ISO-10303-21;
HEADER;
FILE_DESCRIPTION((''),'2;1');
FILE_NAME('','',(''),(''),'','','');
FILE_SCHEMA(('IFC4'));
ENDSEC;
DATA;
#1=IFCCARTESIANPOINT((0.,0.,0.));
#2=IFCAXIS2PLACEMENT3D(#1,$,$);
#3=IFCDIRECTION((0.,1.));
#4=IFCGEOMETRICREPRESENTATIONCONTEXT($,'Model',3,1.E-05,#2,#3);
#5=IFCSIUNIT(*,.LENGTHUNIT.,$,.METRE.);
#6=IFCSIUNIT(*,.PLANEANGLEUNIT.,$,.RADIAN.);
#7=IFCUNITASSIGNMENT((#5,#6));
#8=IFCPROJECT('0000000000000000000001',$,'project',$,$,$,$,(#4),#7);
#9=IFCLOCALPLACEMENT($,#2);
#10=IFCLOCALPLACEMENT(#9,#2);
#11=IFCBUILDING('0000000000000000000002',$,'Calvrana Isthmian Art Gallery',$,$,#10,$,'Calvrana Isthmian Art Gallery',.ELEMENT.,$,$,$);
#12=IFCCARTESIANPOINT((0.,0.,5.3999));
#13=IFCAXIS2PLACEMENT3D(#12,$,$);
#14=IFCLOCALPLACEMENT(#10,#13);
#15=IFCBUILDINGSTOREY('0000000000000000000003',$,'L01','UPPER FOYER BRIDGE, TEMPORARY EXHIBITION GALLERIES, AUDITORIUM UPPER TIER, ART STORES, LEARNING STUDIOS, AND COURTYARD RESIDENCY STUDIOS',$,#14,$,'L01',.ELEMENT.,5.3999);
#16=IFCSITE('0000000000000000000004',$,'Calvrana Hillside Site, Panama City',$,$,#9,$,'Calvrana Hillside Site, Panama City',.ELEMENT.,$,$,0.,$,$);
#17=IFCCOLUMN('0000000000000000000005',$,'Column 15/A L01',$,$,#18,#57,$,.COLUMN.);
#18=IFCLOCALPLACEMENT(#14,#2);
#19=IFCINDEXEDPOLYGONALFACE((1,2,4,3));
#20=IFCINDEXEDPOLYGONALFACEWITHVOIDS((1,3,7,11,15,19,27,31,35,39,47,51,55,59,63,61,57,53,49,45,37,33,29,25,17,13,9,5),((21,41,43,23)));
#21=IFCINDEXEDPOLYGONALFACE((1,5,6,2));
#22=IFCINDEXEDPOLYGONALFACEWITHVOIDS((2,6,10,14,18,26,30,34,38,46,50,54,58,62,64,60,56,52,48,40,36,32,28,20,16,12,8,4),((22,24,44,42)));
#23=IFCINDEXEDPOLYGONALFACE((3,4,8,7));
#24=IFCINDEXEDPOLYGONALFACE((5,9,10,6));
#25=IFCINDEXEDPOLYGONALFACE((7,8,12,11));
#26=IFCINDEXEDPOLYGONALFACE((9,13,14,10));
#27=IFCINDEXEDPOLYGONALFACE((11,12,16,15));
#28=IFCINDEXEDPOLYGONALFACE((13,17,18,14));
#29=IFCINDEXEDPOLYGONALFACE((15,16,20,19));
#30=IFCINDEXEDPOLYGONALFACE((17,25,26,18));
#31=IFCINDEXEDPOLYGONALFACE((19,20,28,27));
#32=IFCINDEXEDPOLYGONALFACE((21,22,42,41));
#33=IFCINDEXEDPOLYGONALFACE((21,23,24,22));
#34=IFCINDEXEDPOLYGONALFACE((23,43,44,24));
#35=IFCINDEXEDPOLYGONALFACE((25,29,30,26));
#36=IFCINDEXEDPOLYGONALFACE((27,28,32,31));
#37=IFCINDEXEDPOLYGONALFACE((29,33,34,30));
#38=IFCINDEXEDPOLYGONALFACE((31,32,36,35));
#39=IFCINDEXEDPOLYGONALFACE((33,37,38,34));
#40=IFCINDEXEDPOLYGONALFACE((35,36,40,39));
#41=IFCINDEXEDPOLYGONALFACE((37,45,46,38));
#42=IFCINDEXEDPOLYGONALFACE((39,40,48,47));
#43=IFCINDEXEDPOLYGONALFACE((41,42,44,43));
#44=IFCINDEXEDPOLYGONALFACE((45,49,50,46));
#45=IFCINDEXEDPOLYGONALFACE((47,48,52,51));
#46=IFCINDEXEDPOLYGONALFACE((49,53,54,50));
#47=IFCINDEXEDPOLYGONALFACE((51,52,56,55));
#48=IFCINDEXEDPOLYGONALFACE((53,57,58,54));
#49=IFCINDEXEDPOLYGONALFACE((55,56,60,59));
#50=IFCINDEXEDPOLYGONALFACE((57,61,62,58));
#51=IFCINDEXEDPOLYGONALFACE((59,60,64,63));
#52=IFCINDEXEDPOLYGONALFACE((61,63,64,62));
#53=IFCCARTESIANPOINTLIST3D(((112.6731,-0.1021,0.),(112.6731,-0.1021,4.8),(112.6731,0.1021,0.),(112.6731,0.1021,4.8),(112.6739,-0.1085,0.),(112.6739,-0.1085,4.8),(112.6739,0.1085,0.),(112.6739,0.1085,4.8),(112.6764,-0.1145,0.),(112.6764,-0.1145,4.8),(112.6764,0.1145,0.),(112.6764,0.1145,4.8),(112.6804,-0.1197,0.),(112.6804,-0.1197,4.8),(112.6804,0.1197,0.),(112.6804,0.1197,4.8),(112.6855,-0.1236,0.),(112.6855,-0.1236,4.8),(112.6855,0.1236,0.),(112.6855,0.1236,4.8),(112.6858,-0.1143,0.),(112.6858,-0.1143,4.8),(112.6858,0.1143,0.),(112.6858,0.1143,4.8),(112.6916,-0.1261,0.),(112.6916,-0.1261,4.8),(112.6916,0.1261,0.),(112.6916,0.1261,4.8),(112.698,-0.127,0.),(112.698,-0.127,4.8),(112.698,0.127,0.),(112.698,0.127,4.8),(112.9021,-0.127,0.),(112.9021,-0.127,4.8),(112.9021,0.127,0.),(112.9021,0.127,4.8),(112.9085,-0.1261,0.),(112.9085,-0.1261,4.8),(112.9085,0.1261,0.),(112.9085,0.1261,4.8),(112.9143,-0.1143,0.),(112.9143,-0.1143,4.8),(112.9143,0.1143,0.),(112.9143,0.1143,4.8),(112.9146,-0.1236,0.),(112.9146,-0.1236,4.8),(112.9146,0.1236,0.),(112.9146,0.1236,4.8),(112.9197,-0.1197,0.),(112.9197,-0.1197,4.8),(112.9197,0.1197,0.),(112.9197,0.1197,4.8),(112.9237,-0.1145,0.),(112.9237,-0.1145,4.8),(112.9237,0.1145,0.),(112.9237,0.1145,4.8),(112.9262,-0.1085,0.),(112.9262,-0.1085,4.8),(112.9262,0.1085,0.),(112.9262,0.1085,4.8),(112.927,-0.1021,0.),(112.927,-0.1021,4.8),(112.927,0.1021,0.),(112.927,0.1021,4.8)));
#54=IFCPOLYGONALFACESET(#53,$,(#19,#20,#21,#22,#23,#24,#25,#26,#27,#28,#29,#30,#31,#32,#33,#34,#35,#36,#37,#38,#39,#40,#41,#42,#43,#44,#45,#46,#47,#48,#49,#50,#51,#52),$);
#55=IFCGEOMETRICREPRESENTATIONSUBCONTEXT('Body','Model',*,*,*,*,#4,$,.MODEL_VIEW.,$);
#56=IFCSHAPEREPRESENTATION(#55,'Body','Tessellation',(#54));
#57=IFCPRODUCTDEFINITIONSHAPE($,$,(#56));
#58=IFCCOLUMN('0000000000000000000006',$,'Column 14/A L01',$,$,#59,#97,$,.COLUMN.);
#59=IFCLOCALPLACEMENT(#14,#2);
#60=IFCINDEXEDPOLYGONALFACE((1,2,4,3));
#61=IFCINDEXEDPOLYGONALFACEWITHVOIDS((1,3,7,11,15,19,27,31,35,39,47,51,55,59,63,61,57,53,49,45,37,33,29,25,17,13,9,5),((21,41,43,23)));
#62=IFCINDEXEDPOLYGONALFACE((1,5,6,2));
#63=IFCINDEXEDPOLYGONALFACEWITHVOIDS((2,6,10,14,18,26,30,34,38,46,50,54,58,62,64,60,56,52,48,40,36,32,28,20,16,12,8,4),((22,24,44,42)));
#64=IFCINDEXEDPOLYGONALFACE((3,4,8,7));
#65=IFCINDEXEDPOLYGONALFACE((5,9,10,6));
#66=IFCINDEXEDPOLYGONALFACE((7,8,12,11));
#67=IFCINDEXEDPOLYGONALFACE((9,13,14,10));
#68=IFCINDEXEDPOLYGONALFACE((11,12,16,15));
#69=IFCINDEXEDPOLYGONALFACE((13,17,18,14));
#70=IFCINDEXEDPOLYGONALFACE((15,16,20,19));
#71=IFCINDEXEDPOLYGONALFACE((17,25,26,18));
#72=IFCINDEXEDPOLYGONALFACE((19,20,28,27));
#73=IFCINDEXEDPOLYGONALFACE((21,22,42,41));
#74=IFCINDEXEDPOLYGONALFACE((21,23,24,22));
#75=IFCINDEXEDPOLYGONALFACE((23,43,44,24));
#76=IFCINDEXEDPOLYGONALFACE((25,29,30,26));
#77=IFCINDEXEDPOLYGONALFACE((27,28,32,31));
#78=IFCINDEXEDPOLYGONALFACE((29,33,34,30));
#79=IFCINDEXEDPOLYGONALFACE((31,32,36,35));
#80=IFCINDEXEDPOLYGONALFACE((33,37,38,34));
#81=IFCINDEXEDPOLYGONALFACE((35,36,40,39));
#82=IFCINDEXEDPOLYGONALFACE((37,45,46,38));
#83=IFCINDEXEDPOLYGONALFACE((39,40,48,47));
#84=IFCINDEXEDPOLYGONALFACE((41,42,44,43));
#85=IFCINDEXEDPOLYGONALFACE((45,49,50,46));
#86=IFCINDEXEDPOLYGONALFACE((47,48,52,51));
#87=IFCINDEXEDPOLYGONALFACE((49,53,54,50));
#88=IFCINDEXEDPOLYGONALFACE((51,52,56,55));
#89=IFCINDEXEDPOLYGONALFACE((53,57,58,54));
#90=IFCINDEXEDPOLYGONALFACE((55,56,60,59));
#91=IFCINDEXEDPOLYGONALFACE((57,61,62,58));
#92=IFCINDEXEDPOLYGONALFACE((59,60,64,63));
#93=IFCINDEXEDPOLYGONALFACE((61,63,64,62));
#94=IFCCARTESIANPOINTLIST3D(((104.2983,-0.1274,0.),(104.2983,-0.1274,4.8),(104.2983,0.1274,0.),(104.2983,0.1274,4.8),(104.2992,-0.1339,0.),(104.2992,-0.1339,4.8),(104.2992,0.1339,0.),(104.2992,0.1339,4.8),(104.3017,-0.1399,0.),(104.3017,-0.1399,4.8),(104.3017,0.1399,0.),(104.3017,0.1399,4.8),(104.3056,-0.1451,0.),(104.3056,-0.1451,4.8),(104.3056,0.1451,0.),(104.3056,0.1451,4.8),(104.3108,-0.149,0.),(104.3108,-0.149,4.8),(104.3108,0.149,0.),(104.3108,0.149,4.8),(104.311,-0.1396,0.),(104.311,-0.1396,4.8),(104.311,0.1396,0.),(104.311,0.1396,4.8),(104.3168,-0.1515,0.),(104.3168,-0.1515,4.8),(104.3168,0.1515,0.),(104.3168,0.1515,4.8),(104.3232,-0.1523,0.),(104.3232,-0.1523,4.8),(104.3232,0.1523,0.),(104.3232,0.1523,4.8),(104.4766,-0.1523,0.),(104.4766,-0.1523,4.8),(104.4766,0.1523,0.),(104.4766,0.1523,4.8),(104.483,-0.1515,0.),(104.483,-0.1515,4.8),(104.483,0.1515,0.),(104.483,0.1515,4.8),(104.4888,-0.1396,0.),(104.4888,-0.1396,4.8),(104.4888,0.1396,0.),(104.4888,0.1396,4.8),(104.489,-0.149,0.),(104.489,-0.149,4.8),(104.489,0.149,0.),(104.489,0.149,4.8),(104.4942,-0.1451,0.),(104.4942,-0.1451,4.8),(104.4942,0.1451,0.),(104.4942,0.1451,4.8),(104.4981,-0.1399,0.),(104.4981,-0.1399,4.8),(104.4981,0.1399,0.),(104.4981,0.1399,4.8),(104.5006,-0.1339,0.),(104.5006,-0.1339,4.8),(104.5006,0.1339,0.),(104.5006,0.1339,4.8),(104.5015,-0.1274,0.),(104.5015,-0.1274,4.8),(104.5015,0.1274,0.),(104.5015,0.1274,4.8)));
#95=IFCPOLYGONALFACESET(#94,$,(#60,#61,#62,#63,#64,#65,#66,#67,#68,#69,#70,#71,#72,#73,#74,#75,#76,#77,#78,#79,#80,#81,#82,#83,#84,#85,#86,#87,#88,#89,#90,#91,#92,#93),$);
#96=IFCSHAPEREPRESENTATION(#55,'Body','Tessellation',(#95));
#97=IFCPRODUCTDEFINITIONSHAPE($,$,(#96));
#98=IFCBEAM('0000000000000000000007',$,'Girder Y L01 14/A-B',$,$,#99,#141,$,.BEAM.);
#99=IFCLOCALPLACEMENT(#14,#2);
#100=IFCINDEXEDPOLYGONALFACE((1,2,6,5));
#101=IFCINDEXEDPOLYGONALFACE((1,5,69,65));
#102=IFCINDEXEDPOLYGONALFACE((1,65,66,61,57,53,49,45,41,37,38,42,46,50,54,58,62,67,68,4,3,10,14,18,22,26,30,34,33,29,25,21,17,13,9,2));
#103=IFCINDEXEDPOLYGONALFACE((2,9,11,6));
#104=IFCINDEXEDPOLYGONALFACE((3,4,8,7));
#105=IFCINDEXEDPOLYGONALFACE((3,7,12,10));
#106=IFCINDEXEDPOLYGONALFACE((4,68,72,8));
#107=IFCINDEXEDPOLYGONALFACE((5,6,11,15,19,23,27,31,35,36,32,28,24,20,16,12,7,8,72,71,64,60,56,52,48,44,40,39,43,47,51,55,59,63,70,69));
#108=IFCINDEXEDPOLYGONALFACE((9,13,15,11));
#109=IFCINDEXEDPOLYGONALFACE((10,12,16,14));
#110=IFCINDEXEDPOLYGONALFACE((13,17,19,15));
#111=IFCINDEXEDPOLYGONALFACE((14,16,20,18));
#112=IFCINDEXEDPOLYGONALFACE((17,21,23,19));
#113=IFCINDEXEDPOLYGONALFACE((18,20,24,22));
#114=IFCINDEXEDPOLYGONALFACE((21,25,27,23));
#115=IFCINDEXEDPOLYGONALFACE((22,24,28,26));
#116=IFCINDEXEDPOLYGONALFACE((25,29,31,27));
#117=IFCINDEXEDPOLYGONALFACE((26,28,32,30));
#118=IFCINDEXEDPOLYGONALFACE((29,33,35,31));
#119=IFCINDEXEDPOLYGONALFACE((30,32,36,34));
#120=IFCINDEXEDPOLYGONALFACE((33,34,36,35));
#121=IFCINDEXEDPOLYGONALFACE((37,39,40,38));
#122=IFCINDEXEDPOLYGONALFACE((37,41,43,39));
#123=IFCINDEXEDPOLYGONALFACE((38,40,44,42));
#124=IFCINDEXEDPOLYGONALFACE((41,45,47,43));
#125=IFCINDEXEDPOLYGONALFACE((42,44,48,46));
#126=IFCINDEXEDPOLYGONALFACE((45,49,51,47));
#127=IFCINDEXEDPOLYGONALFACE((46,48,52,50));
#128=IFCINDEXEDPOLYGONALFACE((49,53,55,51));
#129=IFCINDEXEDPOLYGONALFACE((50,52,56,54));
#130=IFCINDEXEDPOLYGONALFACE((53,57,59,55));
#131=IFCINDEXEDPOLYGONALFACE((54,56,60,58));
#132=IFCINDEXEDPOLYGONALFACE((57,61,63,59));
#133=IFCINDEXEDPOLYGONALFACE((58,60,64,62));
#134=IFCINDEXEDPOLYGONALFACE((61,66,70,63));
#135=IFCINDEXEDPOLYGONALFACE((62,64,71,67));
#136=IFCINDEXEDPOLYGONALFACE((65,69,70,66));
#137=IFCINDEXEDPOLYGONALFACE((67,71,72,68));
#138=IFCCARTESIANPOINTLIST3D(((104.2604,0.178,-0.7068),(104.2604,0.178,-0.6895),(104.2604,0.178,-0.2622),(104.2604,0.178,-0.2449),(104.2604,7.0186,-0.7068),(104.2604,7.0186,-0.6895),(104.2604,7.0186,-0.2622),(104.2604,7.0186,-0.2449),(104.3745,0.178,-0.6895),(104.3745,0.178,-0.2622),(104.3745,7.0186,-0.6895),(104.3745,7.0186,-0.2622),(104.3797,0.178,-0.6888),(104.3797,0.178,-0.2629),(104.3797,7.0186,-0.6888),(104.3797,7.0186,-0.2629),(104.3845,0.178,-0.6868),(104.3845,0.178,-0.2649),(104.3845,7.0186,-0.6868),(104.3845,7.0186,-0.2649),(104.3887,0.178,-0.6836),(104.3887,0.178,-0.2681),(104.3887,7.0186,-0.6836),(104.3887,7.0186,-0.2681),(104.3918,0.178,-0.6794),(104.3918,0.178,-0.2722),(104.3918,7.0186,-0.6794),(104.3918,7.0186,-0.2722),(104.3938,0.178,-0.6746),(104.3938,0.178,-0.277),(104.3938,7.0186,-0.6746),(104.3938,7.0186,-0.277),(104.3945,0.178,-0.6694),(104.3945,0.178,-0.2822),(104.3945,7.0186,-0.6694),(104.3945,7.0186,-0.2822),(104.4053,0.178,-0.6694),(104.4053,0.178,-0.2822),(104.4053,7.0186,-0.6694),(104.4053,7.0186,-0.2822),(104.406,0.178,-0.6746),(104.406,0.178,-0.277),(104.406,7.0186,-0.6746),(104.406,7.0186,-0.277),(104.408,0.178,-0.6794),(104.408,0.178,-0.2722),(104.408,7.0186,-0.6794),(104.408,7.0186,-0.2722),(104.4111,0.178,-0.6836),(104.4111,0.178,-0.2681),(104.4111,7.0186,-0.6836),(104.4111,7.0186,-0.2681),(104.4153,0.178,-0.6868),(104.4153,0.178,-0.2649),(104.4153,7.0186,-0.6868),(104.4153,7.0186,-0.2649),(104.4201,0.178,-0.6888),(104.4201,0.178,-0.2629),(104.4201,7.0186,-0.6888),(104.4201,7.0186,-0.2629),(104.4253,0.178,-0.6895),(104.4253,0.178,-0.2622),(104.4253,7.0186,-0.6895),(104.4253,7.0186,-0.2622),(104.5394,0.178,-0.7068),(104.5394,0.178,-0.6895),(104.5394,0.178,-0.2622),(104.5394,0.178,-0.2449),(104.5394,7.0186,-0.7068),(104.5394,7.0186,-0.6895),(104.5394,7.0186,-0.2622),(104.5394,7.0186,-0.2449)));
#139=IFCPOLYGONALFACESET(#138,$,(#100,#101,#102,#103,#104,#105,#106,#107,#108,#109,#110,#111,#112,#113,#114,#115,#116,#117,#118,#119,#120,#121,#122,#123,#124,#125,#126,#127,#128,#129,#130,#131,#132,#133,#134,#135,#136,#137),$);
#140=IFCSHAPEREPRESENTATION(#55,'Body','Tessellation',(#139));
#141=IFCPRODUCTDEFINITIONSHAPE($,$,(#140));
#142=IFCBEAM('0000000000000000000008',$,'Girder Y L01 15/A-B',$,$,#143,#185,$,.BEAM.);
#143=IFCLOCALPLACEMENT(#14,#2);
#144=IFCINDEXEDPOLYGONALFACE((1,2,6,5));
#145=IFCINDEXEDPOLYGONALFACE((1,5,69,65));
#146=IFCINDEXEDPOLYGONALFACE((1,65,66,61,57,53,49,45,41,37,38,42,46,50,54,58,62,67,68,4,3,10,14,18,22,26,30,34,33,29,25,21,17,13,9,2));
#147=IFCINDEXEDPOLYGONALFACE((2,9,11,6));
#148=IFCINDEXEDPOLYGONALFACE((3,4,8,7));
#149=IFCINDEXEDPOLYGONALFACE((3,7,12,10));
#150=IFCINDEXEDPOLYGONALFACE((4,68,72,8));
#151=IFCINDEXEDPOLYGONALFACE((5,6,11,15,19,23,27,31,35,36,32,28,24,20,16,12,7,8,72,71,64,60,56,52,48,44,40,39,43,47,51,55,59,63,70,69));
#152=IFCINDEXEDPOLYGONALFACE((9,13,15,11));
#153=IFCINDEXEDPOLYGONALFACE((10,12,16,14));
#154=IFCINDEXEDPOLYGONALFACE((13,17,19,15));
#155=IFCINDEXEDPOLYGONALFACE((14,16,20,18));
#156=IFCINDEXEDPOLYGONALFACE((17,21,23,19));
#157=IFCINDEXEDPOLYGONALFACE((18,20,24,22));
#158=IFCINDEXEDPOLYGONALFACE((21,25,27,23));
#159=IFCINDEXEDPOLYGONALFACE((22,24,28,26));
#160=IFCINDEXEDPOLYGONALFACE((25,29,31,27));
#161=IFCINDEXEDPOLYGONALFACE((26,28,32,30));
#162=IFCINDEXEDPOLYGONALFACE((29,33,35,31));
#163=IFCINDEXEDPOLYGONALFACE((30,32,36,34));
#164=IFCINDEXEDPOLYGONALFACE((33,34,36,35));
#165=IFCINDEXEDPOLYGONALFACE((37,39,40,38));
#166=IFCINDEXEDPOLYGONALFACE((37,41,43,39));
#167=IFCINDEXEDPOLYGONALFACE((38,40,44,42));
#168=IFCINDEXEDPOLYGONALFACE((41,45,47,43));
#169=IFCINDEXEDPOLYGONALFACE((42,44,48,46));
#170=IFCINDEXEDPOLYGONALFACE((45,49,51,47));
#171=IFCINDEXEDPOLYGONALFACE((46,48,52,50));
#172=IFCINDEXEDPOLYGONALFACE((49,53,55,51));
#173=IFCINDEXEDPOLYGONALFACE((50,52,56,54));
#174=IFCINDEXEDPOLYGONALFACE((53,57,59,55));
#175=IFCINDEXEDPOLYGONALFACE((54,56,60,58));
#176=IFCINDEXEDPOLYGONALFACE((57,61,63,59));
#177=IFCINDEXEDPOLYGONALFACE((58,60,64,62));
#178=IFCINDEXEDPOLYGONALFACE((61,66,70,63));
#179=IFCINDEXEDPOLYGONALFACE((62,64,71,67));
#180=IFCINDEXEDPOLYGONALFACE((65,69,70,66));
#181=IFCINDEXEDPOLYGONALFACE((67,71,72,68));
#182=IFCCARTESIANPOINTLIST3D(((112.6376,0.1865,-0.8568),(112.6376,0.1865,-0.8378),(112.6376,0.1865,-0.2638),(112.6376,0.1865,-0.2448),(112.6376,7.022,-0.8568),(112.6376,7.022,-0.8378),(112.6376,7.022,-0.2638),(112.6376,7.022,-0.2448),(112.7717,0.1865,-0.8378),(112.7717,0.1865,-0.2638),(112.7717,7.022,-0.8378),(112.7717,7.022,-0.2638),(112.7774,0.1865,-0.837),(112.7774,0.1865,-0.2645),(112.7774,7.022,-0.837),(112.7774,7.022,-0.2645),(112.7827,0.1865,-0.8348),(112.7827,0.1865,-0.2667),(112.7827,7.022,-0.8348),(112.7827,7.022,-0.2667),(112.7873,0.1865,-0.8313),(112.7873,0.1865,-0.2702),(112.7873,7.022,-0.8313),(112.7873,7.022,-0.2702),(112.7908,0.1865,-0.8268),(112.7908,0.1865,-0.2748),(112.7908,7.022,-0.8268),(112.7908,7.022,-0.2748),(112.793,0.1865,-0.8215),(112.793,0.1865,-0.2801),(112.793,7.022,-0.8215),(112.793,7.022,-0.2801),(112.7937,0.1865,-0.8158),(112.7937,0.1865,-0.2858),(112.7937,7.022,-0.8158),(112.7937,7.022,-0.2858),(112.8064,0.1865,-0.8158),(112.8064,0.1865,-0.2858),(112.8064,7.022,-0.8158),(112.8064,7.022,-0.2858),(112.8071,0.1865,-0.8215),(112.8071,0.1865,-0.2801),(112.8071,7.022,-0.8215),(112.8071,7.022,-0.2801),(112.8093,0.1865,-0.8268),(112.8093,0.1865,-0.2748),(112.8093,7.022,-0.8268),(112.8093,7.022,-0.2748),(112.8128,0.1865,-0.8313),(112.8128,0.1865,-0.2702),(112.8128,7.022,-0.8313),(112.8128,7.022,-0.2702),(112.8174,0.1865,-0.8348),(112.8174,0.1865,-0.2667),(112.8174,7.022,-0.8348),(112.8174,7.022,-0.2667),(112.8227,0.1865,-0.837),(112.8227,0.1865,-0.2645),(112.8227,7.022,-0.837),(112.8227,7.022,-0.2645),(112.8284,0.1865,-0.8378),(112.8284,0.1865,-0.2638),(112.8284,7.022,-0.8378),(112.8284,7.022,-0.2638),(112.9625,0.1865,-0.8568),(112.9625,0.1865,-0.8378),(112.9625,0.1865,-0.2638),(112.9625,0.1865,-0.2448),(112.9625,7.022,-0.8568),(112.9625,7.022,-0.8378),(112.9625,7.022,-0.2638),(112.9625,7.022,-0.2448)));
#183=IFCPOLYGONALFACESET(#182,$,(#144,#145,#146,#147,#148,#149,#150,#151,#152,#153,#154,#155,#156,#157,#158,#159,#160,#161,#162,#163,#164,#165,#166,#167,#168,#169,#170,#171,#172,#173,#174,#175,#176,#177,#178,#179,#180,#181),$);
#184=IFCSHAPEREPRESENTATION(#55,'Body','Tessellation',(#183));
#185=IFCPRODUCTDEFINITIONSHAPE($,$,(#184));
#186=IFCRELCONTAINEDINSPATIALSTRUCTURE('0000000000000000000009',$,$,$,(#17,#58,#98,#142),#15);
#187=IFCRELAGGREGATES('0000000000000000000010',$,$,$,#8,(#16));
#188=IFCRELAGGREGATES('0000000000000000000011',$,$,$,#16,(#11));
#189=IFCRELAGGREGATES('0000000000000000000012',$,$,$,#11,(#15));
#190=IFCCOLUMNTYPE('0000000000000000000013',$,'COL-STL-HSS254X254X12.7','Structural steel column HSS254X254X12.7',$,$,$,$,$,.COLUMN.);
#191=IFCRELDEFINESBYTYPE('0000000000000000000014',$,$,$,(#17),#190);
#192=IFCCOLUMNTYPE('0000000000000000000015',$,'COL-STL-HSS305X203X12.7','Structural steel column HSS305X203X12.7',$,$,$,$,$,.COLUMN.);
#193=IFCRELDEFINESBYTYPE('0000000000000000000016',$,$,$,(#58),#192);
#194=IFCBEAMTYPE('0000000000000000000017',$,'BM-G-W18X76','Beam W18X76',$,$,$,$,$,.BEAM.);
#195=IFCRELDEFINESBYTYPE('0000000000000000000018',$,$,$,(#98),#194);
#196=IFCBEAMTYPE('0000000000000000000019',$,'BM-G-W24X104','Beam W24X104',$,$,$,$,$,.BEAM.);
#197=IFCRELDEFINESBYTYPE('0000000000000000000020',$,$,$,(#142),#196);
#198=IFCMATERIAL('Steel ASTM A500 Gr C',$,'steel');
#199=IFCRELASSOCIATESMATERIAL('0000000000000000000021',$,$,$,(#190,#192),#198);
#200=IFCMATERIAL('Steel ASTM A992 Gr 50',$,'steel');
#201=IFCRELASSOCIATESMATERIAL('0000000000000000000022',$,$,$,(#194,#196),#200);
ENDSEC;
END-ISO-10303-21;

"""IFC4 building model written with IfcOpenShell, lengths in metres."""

from ifc_helpers import new_model, si_unit, direction, frame, origin, origin_2d, place, context, subcontext, project, spatial, hollow_rectangle, i_section, extrude, material, material_profile, profile_set, type_object, element, save


model = new_model("IFC4")

# Units and contexts
model_context = context("Model", 3, precision=1e-05, world=origin(), true_north=direction((0.0, 1.0)))
body_context = subcontext(model_context, "Body", "Model", "MODEL_VIEW")
ifc_project = project(units=[si_unit("LENGTHUNIT", "METRE"), si_unit("PLANEANGLEUNIT", "RADIAN")], contexts=[model_context])

# Site, building, storey
site_placement = place(None, origin())
site = spatial("IfcSite", under=ifc_project, at=site_placement, Name="Calvrana Hillside Site, Panama City", LongName="Calvrana Hillside Site, Panama City", CompositionType="ELEMENT", RefElevation=0.0)
building_placement = place(site_placement, origin())
building = spatial("IfcBuilding", under=site, at=building_placement, Name="Calvrana Isthmian Art Gallery", LongName="Calvrana Isthmian Art Gallery", CompositionType="ELEMENT")
storey_placement = place(building_placement, frame((0.0, 0.0, 5.3999)))
storey = spatial("IfcBuildingStorey", under=building, at=storey_placement, Name="L01", Description="UPPER FOYER BRIDGE, TEMPORARY EXHIBITION GALLERIES, AUDITORIUM UPPER TIER, ART STORES, LEARNING STUDIOS, AND COURTYARD RESIDENCY STUDIOS", LongName="L01", CompositionType="ELEMENT", Elevation=5.3999)

# Columns
ifc_material_1 = material(Name="Steel ASTM A500 Gr C", Category="steel")
ifc_material_profile_1 = material_profile(ifc_material_1, hollow_rectangle(XDim=0.2539, YDim=0.2539, WallThickness=0.0127, OuterFilletRadius=0.0249, at=origin_2d()), Name="HSS254X254X12.7")
ifc_profile_set_1 = profile_set([ifc_material_profile_1], Name="Steel ASTM A500 Gr C")
column_type_1 = type_object("IfcColumnType", Name="COL-STL-HSS254X254X12.7", Description="Structural steel column HSS254X254X12.7", PredefinedType="COLUMN", material=ifc_profile_set_1)
column_1_placement = place(storey_placement, frame((112.8, 0.0, 0.0), z_axis=(0.0, 0.0, 1.0), x_axis=(1.0, 0.0, 0.0)))
element("IfcColumn", 1, at=column_1_placement, inside=storey, type_object=column_type_1, Name="Column 15/A L01", PredefinedType="COLUMN", context=body_context, shape_type="SweptSolid", body=[
    extrude(hollow_rectangle(XDim=0.2539, YDim=0.2539, WallThickness=0.0127, OuterFilletRadius=0.0249, at=origin_2d()), origin(), (0.0, 0.0, 1.0), 4.8),
])
ifc_material_profile_2 = material_profile(ifc_material_1, hollow_rectangle(XDim=0.2031, YDim=0.3047, WallThickness=0.0127, OuterFilletRadius=0.0249, at=origin_2d()), Name="HSS305X203X12.7")
ifc_profile_set_2 = profile_set([ifc_material_profile_2], Name="Steel ASTM A500 Gr C")
column_type_2 = type_object("IfcColumnType", Name="COL-STL-HSS305X203X12.7", Description="Structural steel column HSS305X203X12.7", PredefinedType="COLUMN", material=ifc_profile_set_2)
column_2_placement = place(storey_placement, frame((104.3999, 0.0, 0.0), z_axis=(0.0, 0.0, 1.0), x_axis=(1.0, 0.0, 0.0)))
element("IfcColumn", 2, at=column_2_placement, inside=storey, type_object=column_type_2, Name="Column 14/A L01", PredefinedType="COLUMN", context=body_context, shape_type="SweptSolid", body=[
    extrude(hollow_rectangle(XDim=0.2031, YDim=0.3047, WallThickness=0.0127, OuterFilletRadius=0.0249, at=origin_2d()), origin(), (0.0, 0.0, 1.0), 4.8),
])

# Beams
ifc_material_2 = material(Name="Steel ASTM A992 Gr 50", Category="steel")
ifc_material_profile_3 = material_profile(ifc_material_2, i_section(OverallWidth=0.2791, OverallDepth=0.4619, WebThickness=0.0107, FlangeThickness=0.0173, FilletRadius=0.02, at=origin_2d()), Name="W18X76")
ifc_profile_set_3 = profile_set([ifc_material_profile_3], Name="Steel ASTM A992 Gr 50")
beam_type_1 = type_object("IfcBeamType", Name="BM-G-W18X76", Description="Beam W18X76", PredefinedType="BEAM", material=ifc_profile_set_3)
beam_1_placement = place(storey_placement, frame((104.3999, 0.178, -0.4758), z_axis=(0.0, 1.0, 0.0), x_axis=(-1.0, 0.0, 0.0)))
element("IfcBeam", 3, at=beam_1_placement, inside=storey, type_object=beam_type_1, Name="Girder Y L01 14/A-B", PredefinedType="BEAM", context=body_context, shape_type="SweptSolid", body=[
    extrude(i_section(OverallWidth=0.2791, OverallDepth=0.4619, WebThickness=0.0107, FlangeThickness=0.0173, FilletRadius=0.02, at=origin_2d()), origin(), (0.0, 0.0, 1.0), 6.8406),
])
ifc_material_profile_4 = material_profile(ifc_material_2, i_section(OverallWidth=0.325, OverallDepth=0.6121, WebThickness=0.0127, FlangeThickness=0.019, FilletRadius=0.022, at=origin_2d()), Name="W24X104")
ifc_profile_set_4 = profile_set([ifc_material_profile_4], Name="Steel ASTM A992 Gr 50")
beam_type_2 = type_object("IfcBeamType", Name="BM-G-W24X104", Description="Beam W24X104", PredefinedType="BEAM", material=ifc_profile_set_4)
beam_2_placement = place(storey_placement, frame((112.8, 0.1865, -0.5508), z_axis=(0.0, 1.0, 0.0), x_axis=(-1.0, 0.0, 0.0)))
element("IfcBeam", 4, at=beam_2_placement, inside=storey, type_object=beam_type_2, Name="Girder Y L01 15/A-B", PredefinedType="BEAM", context=body_context, shape_type="SweptSolid", body=[
    extrude(i_section(OverallWidth=0.325, OverallDepth=0.6121, WebThickness=0.0127, FlangeThickness=0.019, FilletRadius=0.022, at=origin_2d()), origin(), (0.0, 0.0, 1.0), 6.8354),
])

save(model, "model.ifc")
